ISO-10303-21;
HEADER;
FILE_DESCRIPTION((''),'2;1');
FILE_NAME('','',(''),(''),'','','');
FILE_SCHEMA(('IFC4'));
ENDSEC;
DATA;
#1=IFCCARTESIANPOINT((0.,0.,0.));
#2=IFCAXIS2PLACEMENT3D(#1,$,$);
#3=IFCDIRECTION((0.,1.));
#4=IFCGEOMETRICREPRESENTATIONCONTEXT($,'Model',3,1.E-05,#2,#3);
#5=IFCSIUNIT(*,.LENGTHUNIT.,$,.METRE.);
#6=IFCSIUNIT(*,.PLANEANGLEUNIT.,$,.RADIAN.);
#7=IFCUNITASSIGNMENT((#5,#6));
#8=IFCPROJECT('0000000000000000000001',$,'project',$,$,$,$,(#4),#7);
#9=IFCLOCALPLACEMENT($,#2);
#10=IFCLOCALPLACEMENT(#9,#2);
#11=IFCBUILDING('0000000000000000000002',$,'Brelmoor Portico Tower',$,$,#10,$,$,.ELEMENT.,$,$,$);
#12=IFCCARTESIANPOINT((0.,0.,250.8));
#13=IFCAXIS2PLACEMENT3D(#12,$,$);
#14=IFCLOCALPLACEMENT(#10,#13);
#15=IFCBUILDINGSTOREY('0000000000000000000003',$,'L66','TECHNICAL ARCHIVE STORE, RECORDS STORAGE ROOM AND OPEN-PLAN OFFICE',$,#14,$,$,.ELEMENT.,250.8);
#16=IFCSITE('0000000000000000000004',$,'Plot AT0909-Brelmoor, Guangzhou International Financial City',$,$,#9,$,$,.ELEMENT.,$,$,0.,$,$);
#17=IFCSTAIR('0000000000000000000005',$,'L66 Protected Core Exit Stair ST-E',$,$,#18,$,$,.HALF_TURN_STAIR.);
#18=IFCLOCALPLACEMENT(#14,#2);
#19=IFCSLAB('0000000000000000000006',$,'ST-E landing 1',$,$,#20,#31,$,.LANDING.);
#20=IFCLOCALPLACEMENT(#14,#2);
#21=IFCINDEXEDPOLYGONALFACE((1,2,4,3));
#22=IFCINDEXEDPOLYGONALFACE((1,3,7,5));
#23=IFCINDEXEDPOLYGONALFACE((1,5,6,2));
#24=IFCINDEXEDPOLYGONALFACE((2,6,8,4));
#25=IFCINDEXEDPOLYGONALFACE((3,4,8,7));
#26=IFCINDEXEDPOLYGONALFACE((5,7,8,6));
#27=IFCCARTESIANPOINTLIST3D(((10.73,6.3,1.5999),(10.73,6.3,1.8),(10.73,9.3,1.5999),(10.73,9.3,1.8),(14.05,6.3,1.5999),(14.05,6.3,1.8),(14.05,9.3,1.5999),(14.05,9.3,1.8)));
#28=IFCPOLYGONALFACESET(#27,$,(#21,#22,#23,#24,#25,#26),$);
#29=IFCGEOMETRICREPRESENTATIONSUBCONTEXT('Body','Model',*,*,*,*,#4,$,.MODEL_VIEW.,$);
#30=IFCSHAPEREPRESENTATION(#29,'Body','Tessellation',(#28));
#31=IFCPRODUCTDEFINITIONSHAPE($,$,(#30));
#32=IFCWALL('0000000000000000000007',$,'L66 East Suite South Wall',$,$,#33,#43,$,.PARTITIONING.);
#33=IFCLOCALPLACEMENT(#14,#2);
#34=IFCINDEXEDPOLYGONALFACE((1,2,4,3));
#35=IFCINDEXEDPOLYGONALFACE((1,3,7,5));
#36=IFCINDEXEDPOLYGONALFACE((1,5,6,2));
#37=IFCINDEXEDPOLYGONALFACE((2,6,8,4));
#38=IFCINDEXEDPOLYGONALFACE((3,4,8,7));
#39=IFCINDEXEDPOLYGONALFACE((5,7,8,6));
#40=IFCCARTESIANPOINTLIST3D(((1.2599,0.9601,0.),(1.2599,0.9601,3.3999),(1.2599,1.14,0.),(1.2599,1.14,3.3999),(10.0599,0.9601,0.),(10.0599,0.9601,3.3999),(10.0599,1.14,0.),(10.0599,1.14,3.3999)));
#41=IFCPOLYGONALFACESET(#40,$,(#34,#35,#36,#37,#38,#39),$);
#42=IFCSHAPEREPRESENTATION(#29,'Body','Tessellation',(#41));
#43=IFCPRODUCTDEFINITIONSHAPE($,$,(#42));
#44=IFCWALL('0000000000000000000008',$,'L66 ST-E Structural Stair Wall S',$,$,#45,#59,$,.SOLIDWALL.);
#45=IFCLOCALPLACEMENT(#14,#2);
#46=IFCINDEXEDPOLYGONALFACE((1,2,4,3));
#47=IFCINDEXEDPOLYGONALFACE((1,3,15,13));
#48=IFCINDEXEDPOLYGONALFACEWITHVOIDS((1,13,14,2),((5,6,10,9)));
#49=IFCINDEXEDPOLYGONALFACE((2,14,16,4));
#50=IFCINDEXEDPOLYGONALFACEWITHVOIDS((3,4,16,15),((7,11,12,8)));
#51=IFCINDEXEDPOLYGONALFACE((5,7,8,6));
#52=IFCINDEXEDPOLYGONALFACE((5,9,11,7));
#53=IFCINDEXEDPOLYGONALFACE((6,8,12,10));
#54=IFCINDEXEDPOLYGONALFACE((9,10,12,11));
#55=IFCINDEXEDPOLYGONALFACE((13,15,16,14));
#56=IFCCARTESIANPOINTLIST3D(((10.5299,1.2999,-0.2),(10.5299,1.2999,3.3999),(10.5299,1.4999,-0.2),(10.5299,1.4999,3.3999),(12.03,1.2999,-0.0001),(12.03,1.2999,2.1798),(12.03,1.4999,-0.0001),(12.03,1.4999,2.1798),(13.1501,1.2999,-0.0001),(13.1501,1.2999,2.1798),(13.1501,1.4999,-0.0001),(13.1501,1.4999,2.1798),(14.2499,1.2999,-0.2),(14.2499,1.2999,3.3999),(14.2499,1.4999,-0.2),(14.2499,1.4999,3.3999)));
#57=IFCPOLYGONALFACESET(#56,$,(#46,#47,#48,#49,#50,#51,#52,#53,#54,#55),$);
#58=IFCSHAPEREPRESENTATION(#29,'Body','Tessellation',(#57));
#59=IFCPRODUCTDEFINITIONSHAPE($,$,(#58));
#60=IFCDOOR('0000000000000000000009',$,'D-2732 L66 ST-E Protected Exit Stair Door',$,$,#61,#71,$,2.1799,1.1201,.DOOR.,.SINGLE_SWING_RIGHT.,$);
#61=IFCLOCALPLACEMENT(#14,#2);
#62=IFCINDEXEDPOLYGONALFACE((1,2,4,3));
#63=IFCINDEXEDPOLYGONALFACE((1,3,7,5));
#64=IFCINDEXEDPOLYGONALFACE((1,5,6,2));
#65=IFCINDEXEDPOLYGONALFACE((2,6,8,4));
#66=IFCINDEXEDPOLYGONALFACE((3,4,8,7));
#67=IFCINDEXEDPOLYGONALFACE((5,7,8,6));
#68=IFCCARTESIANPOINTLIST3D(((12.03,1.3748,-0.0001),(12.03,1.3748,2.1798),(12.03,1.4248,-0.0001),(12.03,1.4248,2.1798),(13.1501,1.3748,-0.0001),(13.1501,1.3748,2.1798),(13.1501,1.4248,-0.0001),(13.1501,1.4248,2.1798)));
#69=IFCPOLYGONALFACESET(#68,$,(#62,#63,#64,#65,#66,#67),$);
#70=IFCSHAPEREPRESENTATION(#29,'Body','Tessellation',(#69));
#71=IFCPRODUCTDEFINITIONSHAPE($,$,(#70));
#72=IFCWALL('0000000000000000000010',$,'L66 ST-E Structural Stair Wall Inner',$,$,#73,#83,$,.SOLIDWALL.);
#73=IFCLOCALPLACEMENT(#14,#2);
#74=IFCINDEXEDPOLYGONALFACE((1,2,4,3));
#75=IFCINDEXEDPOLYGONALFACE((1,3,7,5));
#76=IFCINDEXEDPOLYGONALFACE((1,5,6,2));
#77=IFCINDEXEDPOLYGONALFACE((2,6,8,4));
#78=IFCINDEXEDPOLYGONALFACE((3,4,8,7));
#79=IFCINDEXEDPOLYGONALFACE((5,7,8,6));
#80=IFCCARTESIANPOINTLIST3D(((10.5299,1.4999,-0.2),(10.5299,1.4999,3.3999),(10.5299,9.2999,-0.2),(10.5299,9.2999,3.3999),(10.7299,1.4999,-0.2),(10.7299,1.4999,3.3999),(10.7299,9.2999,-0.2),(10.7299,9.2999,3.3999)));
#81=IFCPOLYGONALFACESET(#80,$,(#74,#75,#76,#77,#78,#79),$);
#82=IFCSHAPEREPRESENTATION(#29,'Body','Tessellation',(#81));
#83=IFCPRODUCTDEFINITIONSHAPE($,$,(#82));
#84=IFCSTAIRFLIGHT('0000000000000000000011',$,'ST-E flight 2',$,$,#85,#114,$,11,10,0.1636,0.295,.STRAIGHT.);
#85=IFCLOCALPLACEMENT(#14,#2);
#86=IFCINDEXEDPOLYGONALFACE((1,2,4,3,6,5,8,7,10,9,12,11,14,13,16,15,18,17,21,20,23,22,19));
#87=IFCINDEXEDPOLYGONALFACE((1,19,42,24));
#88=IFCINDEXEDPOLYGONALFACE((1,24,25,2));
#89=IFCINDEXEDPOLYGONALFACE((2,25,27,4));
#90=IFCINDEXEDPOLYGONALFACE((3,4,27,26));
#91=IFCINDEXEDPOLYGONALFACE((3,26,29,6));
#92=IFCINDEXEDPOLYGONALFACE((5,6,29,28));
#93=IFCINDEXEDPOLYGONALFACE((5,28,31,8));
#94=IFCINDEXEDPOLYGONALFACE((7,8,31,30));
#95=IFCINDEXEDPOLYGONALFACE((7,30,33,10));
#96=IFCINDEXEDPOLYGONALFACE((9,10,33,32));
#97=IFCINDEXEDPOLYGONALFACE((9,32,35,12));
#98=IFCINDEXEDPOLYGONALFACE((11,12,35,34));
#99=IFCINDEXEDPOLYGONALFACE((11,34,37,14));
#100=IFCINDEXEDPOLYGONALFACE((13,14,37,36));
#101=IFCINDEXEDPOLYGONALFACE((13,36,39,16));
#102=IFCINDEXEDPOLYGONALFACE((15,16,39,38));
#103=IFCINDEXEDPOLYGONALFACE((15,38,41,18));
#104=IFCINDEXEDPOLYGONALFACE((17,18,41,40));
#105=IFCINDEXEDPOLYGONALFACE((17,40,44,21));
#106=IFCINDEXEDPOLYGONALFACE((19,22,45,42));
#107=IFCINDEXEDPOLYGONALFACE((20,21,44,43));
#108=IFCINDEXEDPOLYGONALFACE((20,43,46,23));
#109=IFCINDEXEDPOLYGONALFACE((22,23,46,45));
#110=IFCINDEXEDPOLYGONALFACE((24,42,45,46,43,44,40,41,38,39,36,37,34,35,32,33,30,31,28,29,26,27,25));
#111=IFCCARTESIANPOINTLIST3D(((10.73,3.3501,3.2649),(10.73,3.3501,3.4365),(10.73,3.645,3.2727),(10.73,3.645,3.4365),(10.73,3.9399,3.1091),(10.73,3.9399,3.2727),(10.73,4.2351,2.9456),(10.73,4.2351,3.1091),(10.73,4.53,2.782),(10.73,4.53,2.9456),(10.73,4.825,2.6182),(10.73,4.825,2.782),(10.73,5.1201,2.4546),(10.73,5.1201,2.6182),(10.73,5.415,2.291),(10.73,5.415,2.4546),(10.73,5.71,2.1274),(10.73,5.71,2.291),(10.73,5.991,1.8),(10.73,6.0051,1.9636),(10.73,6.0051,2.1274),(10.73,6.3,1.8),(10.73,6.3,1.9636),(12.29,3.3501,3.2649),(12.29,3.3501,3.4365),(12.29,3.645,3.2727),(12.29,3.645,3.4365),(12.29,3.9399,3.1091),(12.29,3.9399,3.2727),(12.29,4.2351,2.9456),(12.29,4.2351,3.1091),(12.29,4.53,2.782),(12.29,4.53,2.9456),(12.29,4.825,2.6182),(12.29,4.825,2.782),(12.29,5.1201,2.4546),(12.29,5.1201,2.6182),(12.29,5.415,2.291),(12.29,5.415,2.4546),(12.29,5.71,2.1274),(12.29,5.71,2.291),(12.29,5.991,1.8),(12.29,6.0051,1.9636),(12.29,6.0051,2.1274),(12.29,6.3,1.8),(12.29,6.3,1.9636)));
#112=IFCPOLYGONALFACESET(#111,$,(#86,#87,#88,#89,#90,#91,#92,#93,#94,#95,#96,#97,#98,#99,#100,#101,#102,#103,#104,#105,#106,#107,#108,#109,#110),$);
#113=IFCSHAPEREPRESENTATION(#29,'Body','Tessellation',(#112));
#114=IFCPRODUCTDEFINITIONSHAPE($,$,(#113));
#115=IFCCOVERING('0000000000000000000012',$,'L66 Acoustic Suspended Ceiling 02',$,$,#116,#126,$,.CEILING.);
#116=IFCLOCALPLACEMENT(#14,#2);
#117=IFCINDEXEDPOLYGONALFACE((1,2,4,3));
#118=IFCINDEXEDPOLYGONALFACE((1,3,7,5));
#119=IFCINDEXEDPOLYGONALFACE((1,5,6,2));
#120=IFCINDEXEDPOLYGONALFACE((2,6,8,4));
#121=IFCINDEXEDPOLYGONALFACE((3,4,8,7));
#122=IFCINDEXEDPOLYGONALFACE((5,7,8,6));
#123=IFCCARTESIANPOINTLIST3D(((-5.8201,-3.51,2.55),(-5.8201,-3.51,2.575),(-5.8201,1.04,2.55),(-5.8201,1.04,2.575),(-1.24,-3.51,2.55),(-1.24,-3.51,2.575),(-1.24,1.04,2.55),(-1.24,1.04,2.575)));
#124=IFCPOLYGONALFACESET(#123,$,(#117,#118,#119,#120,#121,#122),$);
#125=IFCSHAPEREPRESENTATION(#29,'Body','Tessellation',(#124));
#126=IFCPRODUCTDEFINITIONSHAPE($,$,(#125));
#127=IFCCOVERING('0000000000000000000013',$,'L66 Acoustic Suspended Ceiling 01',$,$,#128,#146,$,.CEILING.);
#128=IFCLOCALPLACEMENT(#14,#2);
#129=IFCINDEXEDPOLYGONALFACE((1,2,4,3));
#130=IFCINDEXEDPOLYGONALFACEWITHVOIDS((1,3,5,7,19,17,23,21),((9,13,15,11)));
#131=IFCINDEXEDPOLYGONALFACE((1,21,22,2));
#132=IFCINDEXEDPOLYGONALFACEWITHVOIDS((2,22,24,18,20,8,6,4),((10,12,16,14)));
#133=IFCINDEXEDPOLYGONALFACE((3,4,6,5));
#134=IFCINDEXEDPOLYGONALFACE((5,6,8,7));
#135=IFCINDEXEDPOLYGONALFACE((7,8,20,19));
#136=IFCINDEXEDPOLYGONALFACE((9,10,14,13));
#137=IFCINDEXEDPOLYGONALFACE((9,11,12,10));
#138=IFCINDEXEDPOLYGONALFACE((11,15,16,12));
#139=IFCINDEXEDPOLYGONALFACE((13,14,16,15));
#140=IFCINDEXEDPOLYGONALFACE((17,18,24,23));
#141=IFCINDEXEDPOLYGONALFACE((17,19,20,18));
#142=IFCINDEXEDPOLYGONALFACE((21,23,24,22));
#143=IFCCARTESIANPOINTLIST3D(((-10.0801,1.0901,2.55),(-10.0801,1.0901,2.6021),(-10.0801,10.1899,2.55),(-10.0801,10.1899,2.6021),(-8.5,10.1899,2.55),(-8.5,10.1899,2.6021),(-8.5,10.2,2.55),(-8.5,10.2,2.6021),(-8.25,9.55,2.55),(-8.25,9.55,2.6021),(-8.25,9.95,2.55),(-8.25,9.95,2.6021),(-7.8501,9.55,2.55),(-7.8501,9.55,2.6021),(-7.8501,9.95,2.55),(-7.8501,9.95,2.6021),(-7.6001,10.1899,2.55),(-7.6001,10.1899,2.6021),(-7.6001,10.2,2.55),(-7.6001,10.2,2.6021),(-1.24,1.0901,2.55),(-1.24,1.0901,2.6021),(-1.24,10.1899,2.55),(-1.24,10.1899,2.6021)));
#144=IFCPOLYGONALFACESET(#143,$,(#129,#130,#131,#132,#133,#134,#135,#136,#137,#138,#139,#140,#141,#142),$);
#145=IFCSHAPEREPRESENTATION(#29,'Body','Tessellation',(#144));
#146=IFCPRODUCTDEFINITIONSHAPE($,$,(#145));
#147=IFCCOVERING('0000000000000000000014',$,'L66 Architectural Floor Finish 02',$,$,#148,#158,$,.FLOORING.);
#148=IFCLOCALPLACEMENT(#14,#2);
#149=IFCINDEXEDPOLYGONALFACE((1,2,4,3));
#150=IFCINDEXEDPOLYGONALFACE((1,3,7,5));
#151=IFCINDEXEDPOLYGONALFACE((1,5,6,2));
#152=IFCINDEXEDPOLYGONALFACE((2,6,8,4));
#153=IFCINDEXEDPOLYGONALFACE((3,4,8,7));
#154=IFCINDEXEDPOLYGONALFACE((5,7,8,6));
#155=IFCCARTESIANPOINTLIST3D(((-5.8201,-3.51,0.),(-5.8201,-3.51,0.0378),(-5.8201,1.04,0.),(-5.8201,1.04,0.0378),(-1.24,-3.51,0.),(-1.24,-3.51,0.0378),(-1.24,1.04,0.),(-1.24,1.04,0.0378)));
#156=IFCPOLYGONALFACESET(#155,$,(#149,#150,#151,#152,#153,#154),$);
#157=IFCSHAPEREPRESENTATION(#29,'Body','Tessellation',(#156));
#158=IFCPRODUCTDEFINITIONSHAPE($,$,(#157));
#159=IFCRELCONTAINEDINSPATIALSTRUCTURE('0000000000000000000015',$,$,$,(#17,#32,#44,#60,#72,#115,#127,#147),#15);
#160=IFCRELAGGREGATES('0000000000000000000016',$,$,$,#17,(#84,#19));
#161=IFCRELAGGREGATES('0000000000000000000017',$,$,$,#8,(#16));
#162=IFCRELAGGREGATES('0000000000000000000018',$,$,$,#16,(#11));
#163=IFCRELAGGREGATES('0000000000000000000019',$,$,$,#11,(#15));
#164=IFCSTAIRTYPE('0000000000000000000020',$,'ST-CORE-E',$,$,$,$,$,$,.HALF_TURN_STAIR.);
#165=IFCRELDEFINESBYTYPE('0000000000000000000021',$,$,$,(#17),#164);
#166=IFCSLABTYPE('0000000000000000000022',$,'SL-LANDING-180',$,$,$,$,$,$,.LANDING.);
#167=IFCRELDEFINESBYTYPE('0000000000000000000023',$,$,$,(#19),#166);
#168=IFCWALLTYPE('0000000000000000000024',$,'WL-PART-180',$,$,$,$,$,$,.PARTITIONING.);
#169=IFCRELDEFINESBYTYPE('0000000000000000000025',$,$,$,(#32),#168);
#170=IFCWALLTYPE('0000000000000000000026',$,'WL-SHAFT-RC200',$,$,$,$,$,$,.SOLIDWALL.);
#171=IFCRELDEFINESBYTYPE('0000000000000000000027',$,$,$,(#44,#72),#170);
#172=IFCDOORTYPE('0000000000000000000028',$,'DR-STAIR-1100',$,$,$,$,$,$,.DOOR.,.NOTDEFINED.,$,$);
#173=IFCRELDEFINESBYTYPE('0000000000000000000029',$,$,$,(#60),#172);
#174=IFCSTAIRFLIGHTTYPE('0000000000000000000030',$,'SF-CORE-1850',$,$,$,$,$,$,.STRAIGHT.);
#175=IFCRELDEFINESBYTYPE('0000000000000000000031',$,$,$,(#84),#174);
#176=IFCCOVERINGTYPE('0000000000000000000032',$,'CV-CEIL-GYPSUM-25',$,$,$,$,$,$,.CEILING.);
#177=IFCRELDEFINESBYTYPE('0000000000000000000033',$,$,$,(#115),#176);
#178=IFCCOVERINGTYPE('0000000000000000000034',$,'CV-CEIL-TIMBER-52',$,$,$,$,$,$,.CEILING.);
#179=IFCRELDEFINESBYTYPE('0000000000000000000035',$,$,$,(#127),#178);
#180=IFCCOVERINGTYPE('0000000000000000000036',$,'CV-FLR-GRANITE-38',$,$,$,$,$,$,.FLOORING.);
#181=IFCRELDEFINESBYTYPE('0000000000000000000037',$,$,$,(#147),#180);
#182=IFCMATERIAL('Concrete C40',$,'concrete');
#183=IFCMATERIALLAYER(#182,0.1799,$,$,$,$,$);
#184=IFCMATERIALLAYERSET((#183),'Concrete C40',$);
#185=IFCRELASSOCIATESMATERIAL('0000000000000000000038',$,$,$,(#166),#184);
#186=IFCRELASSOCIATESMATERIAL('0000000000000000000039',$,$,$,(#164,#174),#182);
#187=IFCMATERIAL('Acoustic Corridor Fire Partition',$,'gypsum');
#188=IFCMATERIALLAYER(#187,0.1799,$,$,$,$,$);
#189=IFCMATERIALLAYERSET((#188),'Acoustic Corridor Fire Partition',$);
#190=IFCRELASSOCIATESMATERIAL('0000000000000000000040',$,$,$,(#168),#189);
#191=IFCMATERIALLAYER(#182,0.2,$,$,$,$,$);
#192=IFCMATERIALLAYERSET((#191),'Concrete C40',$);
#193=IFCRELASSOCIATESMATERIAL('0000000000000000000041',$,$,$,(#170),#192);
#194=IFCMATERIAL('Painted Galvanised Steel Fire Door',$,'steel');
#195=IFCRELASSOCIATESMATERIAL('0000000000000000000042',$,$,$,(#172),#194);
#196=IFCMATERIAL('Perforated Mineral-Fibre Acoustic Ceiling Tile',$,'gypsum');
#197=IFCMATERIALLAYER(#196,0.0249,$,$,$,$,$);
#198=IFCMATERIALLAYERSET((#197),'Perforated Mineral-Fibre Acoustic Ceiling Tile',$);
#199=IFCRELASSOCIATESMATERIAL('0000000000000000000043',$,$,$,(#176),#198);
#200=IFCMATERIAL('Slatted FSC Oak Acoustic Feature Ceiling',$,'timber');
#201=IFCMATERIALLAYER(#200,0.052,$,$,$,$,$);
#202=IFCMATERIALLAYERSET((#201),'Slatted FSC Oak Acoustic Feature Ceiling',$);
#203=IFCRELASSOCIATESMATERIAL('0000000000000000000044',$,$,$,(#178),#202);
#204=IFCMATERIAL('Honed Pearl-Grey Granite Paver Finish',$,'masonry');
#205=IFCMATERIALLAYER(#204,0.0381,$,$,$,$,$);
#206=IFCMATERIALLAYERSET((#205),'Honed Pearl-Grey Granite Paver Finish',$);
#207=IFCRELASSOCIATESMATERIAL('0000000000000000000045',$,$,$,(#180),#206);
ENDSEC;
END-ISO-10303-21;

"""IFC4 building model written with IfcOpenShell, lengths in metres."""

from ifc_helpers import new_model, si_unit, direction, frame, frame_2d, origin, place, context, subcontext, project, spatial, polyline, rectangle, outline, extrude, material, layer, layer_set, type_object, element, fill, aggregate, save


model = new_model("IFC4")

# Units and contexts
model_context = context("Model", 3, precision=1e-05, world=origin(), true_north=direction((0.0, 1.0)))
body_context = subcontext(model_context, "Body", "Model", "MODEL_VIEW")
ifc_project = project(units=[si_unit("LENGTHUNIT", "METRE"), si_unit("PLANEANGLEUNIT", "RADIAN")], contexts=[model_context])

# Site, building, storey
site_placement = place(None, origin())
site = spatial("IfcSite", under=ifc_project, at=site_placement, Name="Plot AT0909-Brelmoor, Guangzhou International Financial City", CompositionType="ELEMENT", RefElevation=0.0)
building_placement = place(site_placement, origin())
building = spatial("IfcBuilding", under=site, at=building_placement, Name="Brelmoor Portico Tower", CompositionType="ELEMENT")
storey_placement = place(building_placement, frame((0.0, 0.0, 250.8)))
storey = spatial("IfcBuildingStorey", under=building, at=storey_placement, Name="L66", Description="TECHNICAL ARCHIVE STORE, RECORDS STORAGE ROOM AND OPEN-PLAN OFFICE", CompositionType="ELEMENT", Elevation=250.8)

# Shared definitions
ifc_material_1 = material(Name="Concrete C40", Category="concrete")

# Stair, slab
ifc_layer_1 = layer(ifc_material_1, 0.1799)
ifc_layer_set_1 = layer_set([ifc_layer_1], Name="Concrete C40")
slab_type_1 = type_object("IfcSlabType", Name="SL-LANDING-180", PredefinedType="LANDING", material=ifc_layer_set_1)
stair_type_1 = type_object("IfcStairType", Name="ST-CORE-E", PredefinedType="HALF_TURN_STAIR", material=ifc_material_1)
stair_1_placement = place(storey_placement, origin())
stair_1 = element("IfcStair", 1, at=stair_1_placement, inside=storey, type_object=stair_type_1, Name="L66 Protected Core Exit Stair ST-E", PredefinedType="HALF_TURN_STAIR")
slab_1_placement = place(storey_placement, frame((0.0, 0.0, 1.5999)))
slab_1 = element("IfcSlab", 2, at=slab_1_placement, type_object=slab_type_1, Name="ST-E landing 1", PredefinedType="LANDING", context=body_context, shape_type="SweptSolid", body=[
    extrude(outline(polyline([(14.05, 6.3), (14.05, 9.3), (10.73, 9.3), (10.73, 6.3), (14.05, 6.3)])), origin(), (0.0, 0.0, 1.0), 0.2002),
])

# Wall
ifc_material_2 = material(Name="Acoustic Corridor Fire Partition", Category="gypsum")
ifc_layer_2 = layer(ifc_material_2, 0.1799)
ifc_layer_set_2 = layer_set([ifc_layer_2], Name="Acoustic Corridor Fire Partition")
wall_type_1 = type_object("IfcWallType", Name="WL-PART-180", PredefinedType="PARTITIONING", material=ifc_layer_set_2)
wall_1_placement = place(storey_placement, frame((1.26, 1.05, 0.0), z_axis=(0.0, 0.0, 1.0), x_axis=(1.0, 0.0, 0.0)))
element("IfcWall", 3, at=wall_1_placement, inside=storey, type_object=wall_type_1, Name="L66 East Suite South Wall", PredefinedType="PARTITIONING", context=body_context, shape_type="SweptSolid", body=[
    extrude(rectangle(XDim=8.8, YDim=0.1799, at=frame_2d((4.3999, 0.0))), origin(), (0.0, 0.0, 1.0), 3.3999),
])

# Wall, opening, door
ifc_layer_3 = layer(ifc_material_1, 0.2)
ifc_layer_set_3 = layer_set([ifc_layer_3], Name="Concrete C40")
wall_type_2 = type_object("IfcWallType", Name="WL-SHAFT-RC200", PredefinedType="SOLIDWALL", material=ifc_layer_set_3)
wall_2_placement = place(storey_placement, frame((10.53, 1.3999, -0.2), z_axis=(0.0, 0.0, 1.0), x_axis=(1.0, 0.0, 0.0)))
wall_2 = element("IfcWall", 4, at=wall_2_placement, inside=storey, type_object=wall_type_2, Name="L66 ST-E Structural Stair Wall S", PredefinedType="SOLIDWALL", context=body_context, shape_type="SweptSolid", body=[
    extrude(rectangle(XDim=3.72, YDim=0.2, at=frame_2d((1.8599, 0.0))), origin(), (0.0, 0.0, 1.0), 3.5999),
])
opening_placement = place(wall_2_placement, frame((1.5, 0.0, 0.2)))
opening = element("IfcOpeningElement", 5, at=opening_placement, cuts=wall_2, PredefinedType="OPENING", context=body_context, shape_type="SweptSolid", body=[
    extrude(rectangle(XDim=1.1201, YDim=2.1799, at=frame_2d((0.5601, 1.0898))), frame((0.0, 0.1099, 0.0), z_axis=(0.0, -1.0, 0.0), x_axis=(1.0, 0.0, 0.0)), (0.0, 0.0, 1.0), 0.22),
])
ifc_material_3 = material(Name="Painted Galvanised Steel Fire Door", Category="steel")
door_type = type_object("IfcDoorType", Name="DR-STAIR-1100", OperationType="NOTDEFINED", PredefinedType="DOOR", material=ifc_material_3)
door_placement = place(opening_placement, origin())
door = element("IfcDoor", 6, at=door_placement, inside=storey, type_object=door_type, Name="D-2732 L66 ST-E Protected Exit Stair Door", OperationType="SINGLE_SWING_RIGHT", OverallHeight=2.1799, OverallWidth=1.1201, PredefinedType="DOOR", context=body_context, shape_type="SweptSolid", body=[
    extrude(rectangle(XDim=1.1201, YDim=2.1799, at=frame_2d((0.5601, 1.0898))), frame((0.0, 0.0249, 0.0), z_axis=(0.0, -1.0, 0.0), x_axis=(1.0, 0.0, 0.0)), (0.0, 0.0, 1.0), 0.05),
])
fill(opening, door)

# Wall
wall_3_placement = place(storey_placement, frame((10.6299, 1.5, -0.2), z_axis=(0.0, 0.0, 1.0), x_axis=(0.0, 1.0, 0.0)))
element("IfcWall", 7, at=wall_3_placement, inside=storey, type_object=wall_type_2, Name="L66 ST-E Structural Stair Wall Inner", PredefinedType="SOLIDWALL", context=body_context, shape_type="SweptSolid", body=[
    extrude(rectangle(XDim=7.8, YDim=0.2, at=frame_2d((3.8999, 0.0))), origin(), (0.0, 0.0, 1.0), 3.5999),
])

# Stair flight
stair_flight_type = type_object("IfcStairFlightType", Name="SF-CORE-1850", PredefinedType="STRAIGHT", material=ifc_material_1)
stair_flight_placement = place(storey_placement, frame((11.51, 6.3, 1.8), z_axis=(0.0, 0.0, 1.0), x_axis=(0.0, -1.0, 0.0)))
stair_flight = element("IfcStairFlight", 8, at=stair_flight_placement, type_object=stair_flight_type, Name="ST-E flight 2", NumberOfRisers=11, NumberOfTreads=10, PredefinedType="STRAIGHT", RiserHeight=0.1636, TreadLength=0.295, context=body_context, shape_type="SweptSolid", body=[
    extrude(outline(polyline([(0.0, 0.0), (0.0, 0.1636), (0.2949, 0.1636), (0.2949, 0.3274), (0.5901, 0.3274), (0.5901, 0.491), (0.885, 0.491), (0.885, 0.6545), (1.1799, 0.6545), (1.1799, 0.8181), (1.4751, 0.8181), (1.4751, 0.9819), (1.77, 0.9819), (1.77, 1.1455), (2.0649, 1.1455), (2.0649, 1.3091), (2.3601, 1.3091), (2.3601, 1.4727), (2.655, 1.4727), (2.655, 1.6365), (2.95, 1.6365), (2.95, 1.8), (2.95, 1.4648), (0.3091, 0.0), (0.0, 0.0)])), frame((0.0, 0.78, 0.0), z_axis=(0.0, -1.0, 0.0), x_axis=(1.0, 0.0, 0.0)), (0.0, 0.0, 1.0), 1.5601),
])
aggregate(stair_1, [stair_flight, slab_1])

# Coverings
ifc_material_4 = material(Name="Perforated Mineral-Fibre Acoustic Ceiling Tile", Category="gypsum")
ifc_layer_4 = layer(ifc_material_4, 0.0249)
ifc_layer_set_4 = layer_set([ifc_layer_4], Name="Perforated Mineral-Fibre Acoustic Ceiling Tile")
covering_type_1 = type_object("IfcCoveringType", Name="CV-CEIL-GYPSUM-25", PredefinedType="CEILING", material=ifc_layer_set_4)
covering_1_placement = place(storey_placement, frame((0.0, 0.0, 2.55)))
element("IfcCovering", 9, at=covering_1_placement, inside=storey, type_object=covering_type_1, Name="L66 Acoustic Suspended Ceiling 02", PredefinedType="CEILING", context=body_context, shape_type="SweptSolid", body=[
    extrude(outline(polyline([(-5.8201, -3.51), (-5.8201, 1.04), (-1.24, 1.04), (-1.24, -3.51), (-5.8201, -3.51)])), origin(), (0.0, 0.0, 1.0), 0.0249),
])
ifc_material_5 = material(Name="Slatted FSC Oak Acoustic Feature Ceiling", Category="timber")
ifc_layer_5 = layer(ifc_material_5, 0.052)
ifc_layer_set_5 = layer_set([ifc_layer_5], Name="Slatted FSC Oak Acoustic Feature Ceiling")
covering_type_2 = type_object("IfcCoveringType", Name="CV-CEIL-TIMBER-52", PredefinedType="CEILING", material=ifc_layer_set_5)
covering_2_placement = place(storey_placement, frame((0.0, 0.0, 2.55)))
element("IfcCovering", 10, at=covering_2_placement, inside=storey, type_object=covering_type_2, Name="L66 Acoustic Suspended Ceiling 01", PredefinedType="CEILING", context=body_context, shape_type="SweptSolid", body=[
    extrude(outline(polyline([(-10.0801, 10.1899), (-8.5, 10.1899), (-8.5, 10.2), (-7.6001, 10.2), (-7.6001, 10.1899), (-1.24, 10.1899), (-1.24, 1.0901), (-10.0801, 1.0901), (-10.0801, 10.1899)]), holes=[polyline([(-7.8501, 9.55), (-7.8501, 9.95), (-8.25, 9.95), (-8.25, 9.55), (-7.8501, 9.55)])]), origin(), (0.0, 0.0, 1.0), 0.052),
])
ifc_material_6 = material(Name="Honed Pearl-Grey Granite Paver Finish", Category="masonry")
ifc_layer_6 = layer(ifc_material_6, 0.0381)
ifc_layer_set_6 = layer_set([ifc_layer_6], Name="Honed Pearl-Grey Granite Paver Finish")
covering_type_3 = type_object("IfcCoveringType", Name="CV-FLR-GRANITE-38", PredefinedType="FLOORING", material=ifc_layer_set_6)
covering_3_placement = place(storey_placement, origin())
element("IfcCovering", 11, at=covering_3_placement, inside=storey, type_object=covering_type_3, Name="L66 Architectural Floor Finish 02", PredefinedType="FLOORING", context=body_context, shape_type="SweptSolid", body=[
    extrude(outline(polyline([(-5.8201, -3.51), (-5.8201, 1.04), (-1.24, 1.04), (-1.24, -3.51), (-5.8201, -3.51)])), origin(), (0.0, 0.0, 1.0), 0.0378),
])

save(model, "model.ifc")
